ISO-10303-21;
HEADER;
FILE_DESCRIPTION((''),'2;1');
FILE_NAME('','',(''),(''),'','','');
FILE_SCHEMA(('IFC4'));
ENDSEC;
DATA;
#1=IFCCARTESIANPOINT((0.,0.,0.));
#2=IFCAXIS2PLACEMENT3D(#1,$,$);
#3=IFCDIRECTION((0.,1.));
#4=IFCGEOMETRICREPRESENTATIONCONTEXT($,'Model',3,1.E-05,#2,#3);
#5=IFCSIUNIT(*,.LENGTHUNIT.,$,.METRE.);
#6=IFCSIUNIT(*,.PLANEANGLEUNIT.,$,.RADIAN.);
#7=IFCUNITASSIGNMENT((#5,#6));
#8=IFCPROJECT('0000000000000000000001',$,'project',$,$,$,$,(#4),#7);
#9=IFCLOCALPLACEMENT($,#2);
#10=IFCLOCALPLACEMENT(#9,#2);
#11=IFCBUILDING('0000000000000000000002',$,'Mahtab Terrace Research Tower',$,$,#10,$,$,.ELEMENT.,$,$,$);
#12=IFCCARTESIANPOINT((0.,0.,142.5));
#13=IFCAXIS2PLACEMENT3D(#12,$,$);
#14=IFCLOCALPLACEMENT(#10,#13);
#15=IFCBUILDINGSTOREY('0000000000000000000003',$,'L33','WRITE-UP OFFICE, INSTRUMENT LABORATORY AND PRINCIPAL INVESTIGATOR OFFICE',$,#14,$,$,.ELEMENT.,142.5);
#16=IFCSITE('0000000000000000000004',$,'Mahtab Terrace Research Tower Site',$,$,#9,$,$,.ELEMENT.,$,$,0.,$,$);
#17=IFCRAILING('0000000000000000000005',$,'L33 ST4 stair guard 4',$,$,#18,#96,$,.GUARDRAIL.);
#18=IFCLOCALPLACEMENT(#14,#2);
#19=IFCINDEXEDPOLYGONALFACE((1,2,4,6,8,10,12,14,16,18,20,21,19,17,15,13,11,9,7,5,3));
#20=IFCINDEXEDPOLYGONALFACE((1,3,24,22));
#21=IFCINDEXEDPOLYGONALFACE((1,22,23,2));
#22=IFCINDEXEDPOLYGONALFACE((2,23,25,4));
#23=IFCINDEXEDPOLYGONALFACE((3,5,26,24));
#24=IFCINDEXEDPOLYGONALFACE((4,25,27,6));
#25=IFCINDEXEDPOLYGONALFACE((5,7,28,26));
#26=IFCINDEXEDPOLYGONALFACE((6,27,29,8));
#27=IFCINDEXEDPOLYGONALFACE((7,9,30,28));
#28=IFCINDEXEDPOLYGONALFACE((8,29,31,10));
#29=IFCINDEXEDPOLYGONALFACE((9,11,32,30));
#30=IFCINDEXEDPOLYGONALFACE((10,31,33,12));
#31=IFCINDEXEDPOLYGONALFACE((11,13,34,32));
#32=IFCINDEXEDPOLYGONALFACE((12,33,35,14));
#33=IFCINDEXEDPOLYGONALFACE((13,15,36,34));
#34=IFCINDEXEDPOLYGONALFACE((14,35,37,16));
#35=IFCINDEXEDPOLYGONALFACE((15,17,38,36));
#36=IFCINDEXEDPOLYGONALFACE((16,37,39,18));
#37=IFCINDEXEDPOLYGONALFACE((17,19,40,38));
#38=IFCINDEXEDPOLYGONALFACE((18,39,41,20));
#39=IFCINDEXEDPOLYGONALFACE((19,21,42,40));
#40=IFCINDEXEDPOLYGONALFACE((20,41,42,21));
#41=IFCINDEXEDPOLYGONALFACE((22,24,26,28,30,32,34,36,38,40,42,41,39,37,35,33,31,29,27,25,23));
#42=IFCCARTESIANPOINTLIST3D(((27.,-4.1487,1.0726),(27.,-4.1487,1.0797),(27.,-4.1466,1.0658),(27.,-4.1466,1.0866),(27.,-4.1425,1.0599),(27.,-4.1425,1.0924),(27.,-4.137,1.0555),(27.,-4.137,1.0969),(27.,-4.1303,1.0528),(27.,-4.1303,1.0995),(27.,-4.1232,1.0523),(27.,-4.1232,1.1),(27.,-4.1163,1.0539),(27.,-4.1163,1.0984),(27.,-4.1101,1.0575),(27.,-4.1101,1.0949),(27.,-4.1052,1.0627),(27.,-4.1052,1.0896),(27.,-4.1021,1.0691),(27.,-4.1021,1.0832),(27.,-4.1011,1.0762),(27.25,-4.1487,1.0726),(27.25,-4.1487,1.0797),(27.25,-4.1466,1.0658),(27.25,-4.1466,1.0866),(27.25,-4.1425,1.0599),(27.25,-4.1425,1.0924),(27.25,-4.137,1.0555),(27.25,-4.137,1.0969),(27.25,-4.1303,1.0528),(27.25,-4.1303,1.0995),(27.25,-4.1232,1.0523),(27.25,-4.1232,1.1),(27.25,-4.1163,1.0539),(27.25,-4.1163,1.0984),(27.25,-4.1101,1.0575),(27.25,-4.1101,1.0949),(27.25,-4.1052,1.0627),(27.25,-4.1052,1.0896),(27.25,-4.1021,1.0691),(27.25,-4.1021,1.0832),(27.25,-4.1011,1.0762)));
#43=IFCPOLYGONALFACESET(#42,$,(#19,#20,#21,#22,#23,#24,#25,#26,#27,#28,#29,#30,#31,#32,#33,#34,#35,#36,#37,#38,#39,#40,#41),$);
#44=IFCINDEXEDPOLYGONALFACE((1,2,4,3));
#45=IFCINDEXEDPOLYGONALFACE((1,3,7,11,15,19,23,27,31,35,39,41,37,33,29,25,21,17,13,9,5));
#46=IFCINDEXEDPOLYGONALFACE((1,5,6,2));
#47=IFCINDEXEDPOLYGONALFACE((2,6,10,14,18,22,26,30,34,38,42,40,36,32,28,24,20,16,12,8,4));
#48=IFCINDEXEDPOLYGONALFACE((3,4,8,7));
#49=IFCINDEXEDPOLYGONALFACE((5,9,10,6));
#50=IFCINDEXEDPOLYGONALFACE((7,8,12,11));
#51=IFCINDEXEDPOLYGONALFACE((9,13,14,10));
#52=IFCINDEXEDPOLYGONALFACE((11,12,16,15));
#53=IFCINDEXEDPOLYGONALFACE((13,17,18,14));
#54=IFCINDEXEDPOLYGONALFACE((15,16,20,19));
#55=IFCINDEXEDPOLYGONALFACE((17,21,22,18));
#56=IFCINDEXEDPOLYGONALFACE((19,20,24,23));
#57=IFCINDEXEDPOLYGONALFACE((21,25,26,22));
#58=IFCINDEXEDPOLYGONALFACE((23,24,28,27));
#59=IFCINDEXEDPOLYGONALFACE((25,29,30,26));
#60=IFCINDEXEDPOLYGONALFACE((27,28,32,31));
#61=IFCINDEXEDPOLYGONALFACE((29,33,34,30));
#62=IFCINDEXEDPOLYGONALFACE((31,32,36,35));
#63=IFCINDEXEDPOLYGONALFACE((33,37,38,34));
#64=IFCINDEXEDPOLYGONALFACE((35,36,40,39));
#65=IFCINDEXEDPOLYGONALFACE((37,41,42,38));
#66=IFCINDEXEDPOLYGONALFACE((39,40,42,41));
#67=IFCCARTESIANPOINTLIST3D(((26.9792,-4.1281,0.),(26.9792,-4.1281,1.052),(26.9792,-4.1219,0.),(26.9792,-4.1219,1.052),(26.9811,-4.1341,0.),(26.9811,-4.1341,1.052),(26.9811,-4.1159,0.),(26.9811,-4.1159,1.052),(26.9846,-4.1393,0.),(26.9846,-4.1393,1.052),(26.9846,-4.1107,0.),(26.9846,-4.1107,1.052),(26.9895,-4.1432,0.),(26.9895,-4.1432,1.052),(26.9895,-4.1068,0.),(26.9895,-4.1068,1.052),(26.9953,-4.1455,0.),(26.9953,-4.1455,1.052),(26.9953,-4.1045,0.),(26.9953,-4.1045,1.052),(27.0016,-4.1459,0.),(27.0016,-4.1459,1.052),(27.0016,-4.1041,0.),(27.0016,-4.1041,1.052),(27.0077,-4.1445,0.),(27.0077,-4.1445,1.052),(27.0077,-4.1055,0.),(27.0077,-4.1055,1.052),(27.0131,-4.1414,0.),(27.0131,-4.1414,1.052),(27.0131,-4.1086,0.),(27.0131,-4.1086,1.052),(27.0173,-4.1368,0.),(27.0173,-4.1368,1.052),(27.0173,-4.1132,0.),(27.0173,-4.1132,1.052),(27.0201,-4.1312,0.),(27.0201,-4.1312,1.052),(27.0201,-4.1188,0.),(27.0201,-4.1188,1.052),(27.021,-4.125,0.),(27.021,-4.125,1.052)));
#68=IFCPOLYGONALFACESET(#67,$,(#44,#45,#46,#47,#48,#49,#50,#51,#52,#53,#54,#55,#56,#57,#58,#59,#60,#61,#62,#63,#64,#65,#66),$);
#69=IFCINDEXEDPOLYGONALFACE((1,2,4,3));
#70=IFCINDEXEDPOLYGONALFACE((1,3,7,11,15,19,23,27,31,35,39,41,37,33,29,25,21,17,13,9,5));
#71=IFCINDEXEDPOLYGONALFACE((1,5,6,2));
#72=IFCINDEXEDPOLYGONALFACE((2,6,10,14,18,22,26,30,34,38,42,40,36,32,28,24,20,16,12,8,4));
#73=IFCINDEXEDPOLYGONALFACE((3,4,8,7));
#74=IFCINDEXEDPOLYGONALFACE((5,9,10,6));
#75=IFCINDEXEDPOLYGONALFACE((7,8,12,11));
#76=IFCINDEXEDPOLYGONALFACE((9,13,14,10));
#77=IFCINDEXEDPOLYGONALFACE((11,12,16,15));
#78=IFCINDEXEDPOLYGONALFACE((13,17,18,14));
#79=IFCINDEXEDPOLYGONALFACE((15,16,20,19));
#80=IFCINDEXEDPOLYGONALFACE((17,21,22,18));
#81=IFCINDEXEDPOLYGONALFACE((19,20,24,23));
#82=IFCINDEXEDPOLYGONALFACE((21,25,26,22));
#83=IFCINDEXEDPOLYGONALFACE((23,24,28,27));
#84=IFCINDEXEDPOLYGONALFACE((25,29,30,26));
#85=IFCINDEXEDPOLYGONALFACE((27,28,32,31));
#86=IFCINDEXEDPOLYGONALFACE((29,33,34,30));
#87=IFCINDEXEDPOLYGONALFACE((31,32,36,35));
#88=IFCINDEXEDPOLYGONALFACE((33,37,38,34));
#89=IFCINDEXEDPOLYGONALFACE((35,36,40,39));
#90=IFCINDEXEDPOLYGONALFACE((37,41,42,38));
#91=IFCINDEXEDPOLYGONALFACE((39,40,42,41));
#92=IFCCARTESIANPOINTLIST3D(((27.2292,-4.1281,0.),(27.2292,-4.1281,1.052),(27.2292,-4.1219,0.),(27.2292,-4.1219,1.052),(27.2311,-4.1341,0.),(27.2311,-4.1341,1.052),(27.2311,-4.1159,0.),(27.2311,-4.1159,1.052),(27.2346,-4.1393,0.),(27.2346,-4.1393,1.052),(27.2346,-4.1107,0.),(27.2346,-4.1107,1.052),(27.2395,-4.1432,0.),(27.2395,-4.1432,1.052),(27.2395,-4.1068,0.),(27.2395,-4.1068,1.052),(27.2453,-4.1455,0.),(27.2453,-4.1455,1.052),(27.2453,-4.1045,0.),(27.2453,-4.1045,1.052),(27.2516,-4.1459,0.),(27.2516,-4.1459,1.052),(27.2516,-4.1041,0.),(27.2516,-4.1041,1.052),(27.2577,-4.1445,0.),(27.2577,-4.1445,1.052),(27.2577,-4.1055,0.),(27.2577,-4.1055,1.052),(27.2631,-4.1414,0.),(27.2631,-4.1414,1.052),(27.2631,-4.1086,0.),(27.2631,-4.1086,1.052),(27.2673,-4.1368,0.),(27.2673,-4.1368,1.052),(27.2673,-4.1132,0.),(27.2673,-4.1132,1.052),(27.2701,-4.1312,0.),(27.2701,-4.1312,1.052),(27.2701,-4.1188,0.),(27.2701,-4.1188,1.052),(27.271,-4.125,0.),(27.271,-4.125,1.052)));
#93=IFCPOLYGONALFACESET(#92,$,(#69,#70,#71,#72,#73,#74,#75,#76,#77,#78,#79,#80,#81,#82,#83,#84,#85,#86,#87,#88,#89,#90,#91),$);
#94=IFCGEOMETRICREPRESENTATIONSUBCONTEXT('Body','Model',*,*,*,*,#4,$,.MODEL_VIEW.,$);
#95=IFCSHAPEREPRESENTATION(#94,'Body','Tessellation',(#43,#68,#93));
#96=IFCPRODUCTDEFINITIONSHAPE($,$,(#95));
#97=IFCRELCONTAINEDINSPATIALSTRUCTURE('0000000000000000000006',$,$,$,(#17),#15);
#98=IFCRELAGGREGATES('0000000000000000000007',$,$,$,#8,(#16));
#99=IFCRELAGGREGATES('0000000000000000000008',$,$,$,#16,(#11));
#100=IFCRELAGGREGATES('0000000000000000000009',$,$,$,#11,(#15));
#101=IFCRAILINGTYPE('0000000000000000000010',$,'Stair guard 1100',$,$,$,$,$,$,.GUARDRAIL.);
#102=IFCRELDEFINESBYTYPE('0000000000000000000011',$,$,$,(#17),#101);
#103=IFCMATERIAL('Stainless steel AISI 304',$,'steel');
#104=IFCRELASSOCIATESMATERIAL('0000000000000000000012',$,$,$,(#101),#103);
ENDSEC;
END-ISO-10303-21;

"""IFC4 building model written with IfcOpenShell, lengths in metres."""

from ifc_helpers import new_model, si_unit, direction, frame, origin, origin_2d, place, context, subcontext, project, spatial, circle, extrude, material, type_object, element, save


model = new_model("IFC4")

# Units and contexts
model_context = context("Model", 3, precision=1e-05, world=origin(), true_north=direction((0.0, 1.0)))
body_context = subcontext(model_context, "Body", "Model", "MODEL_VIEW")
ifc_project = project(units=[si_unit("LENGTHUNIT", "METRE"), si_unit("PLANEANGLEUNIT", "RADIAN")], contexts=[model_context])

# Site, building, storey
site_placement = place(None, origin())
site = spatial("IfcSite", under=ifc_project, at=site_placement, Name="Mahtab Terrace Research Tower Site", CompositionType="ELEMENT", RefElevation=0.0)
building_placement = place(site_placement, origin())
building = spatial("IfcBuilding", under=site, at=building_placement, Name="Mahtab Terrace Research Tower", CompositionType="ELEMENT")
storey_placement = place(building_placement, frame((0.0, 0.0, 142.5)))
storey = spatial("IfcBuildingStorey", under=building, at=storey_placement, Name="L33", Description="WRITE-UP OFFICE, INSTRUMENT LABORATORY AND PRINCIPAL INVESTIGATOR OFFICE", CompositionType="ELEMENT", Elevation=142.5)

# Railing
ifc_material_1 = material(Name="Stainless steel AISI 304", Category="steel")
railing_type_1 = type_object("IfcRailingType", Name="Stair guard 1100", PredefinedType="GUARDRAIL", material=ifc_material_1)
railing_1_placement = place(storey_placement, frame((27.0, -4.125, 0.0)))
element("IfcRailing", 1, at=railing_1_placement, inside=storey, type_object=railing_type_1, Name="L33 ST4 stair guard 4", PredefinedType="GUARDRAIL", context=body_context, shape_type="SweptSolid", body=[
    extrude(circle(Radius=0.0239, at=origin_2d()), frame((0.0, 0.0, 1.0762), z_axis=(1.0, 0.0, 0.0), x_axis=(0.0, 1.0, 0.0)), (0.0, 0.0, 1.0), 0.25),
    extrude(circle(Radius=0.021, at=origin_2d()), origin(), (0.0, 0.0, 1.0), 1.052),
    extrude(circle(Radius=0.021, at=origin_2d()), frame((0.25, 0.0, 0.0)), (0.0, 0.0, 1.0), 1.052),
])

save(model, "model.ifc")
